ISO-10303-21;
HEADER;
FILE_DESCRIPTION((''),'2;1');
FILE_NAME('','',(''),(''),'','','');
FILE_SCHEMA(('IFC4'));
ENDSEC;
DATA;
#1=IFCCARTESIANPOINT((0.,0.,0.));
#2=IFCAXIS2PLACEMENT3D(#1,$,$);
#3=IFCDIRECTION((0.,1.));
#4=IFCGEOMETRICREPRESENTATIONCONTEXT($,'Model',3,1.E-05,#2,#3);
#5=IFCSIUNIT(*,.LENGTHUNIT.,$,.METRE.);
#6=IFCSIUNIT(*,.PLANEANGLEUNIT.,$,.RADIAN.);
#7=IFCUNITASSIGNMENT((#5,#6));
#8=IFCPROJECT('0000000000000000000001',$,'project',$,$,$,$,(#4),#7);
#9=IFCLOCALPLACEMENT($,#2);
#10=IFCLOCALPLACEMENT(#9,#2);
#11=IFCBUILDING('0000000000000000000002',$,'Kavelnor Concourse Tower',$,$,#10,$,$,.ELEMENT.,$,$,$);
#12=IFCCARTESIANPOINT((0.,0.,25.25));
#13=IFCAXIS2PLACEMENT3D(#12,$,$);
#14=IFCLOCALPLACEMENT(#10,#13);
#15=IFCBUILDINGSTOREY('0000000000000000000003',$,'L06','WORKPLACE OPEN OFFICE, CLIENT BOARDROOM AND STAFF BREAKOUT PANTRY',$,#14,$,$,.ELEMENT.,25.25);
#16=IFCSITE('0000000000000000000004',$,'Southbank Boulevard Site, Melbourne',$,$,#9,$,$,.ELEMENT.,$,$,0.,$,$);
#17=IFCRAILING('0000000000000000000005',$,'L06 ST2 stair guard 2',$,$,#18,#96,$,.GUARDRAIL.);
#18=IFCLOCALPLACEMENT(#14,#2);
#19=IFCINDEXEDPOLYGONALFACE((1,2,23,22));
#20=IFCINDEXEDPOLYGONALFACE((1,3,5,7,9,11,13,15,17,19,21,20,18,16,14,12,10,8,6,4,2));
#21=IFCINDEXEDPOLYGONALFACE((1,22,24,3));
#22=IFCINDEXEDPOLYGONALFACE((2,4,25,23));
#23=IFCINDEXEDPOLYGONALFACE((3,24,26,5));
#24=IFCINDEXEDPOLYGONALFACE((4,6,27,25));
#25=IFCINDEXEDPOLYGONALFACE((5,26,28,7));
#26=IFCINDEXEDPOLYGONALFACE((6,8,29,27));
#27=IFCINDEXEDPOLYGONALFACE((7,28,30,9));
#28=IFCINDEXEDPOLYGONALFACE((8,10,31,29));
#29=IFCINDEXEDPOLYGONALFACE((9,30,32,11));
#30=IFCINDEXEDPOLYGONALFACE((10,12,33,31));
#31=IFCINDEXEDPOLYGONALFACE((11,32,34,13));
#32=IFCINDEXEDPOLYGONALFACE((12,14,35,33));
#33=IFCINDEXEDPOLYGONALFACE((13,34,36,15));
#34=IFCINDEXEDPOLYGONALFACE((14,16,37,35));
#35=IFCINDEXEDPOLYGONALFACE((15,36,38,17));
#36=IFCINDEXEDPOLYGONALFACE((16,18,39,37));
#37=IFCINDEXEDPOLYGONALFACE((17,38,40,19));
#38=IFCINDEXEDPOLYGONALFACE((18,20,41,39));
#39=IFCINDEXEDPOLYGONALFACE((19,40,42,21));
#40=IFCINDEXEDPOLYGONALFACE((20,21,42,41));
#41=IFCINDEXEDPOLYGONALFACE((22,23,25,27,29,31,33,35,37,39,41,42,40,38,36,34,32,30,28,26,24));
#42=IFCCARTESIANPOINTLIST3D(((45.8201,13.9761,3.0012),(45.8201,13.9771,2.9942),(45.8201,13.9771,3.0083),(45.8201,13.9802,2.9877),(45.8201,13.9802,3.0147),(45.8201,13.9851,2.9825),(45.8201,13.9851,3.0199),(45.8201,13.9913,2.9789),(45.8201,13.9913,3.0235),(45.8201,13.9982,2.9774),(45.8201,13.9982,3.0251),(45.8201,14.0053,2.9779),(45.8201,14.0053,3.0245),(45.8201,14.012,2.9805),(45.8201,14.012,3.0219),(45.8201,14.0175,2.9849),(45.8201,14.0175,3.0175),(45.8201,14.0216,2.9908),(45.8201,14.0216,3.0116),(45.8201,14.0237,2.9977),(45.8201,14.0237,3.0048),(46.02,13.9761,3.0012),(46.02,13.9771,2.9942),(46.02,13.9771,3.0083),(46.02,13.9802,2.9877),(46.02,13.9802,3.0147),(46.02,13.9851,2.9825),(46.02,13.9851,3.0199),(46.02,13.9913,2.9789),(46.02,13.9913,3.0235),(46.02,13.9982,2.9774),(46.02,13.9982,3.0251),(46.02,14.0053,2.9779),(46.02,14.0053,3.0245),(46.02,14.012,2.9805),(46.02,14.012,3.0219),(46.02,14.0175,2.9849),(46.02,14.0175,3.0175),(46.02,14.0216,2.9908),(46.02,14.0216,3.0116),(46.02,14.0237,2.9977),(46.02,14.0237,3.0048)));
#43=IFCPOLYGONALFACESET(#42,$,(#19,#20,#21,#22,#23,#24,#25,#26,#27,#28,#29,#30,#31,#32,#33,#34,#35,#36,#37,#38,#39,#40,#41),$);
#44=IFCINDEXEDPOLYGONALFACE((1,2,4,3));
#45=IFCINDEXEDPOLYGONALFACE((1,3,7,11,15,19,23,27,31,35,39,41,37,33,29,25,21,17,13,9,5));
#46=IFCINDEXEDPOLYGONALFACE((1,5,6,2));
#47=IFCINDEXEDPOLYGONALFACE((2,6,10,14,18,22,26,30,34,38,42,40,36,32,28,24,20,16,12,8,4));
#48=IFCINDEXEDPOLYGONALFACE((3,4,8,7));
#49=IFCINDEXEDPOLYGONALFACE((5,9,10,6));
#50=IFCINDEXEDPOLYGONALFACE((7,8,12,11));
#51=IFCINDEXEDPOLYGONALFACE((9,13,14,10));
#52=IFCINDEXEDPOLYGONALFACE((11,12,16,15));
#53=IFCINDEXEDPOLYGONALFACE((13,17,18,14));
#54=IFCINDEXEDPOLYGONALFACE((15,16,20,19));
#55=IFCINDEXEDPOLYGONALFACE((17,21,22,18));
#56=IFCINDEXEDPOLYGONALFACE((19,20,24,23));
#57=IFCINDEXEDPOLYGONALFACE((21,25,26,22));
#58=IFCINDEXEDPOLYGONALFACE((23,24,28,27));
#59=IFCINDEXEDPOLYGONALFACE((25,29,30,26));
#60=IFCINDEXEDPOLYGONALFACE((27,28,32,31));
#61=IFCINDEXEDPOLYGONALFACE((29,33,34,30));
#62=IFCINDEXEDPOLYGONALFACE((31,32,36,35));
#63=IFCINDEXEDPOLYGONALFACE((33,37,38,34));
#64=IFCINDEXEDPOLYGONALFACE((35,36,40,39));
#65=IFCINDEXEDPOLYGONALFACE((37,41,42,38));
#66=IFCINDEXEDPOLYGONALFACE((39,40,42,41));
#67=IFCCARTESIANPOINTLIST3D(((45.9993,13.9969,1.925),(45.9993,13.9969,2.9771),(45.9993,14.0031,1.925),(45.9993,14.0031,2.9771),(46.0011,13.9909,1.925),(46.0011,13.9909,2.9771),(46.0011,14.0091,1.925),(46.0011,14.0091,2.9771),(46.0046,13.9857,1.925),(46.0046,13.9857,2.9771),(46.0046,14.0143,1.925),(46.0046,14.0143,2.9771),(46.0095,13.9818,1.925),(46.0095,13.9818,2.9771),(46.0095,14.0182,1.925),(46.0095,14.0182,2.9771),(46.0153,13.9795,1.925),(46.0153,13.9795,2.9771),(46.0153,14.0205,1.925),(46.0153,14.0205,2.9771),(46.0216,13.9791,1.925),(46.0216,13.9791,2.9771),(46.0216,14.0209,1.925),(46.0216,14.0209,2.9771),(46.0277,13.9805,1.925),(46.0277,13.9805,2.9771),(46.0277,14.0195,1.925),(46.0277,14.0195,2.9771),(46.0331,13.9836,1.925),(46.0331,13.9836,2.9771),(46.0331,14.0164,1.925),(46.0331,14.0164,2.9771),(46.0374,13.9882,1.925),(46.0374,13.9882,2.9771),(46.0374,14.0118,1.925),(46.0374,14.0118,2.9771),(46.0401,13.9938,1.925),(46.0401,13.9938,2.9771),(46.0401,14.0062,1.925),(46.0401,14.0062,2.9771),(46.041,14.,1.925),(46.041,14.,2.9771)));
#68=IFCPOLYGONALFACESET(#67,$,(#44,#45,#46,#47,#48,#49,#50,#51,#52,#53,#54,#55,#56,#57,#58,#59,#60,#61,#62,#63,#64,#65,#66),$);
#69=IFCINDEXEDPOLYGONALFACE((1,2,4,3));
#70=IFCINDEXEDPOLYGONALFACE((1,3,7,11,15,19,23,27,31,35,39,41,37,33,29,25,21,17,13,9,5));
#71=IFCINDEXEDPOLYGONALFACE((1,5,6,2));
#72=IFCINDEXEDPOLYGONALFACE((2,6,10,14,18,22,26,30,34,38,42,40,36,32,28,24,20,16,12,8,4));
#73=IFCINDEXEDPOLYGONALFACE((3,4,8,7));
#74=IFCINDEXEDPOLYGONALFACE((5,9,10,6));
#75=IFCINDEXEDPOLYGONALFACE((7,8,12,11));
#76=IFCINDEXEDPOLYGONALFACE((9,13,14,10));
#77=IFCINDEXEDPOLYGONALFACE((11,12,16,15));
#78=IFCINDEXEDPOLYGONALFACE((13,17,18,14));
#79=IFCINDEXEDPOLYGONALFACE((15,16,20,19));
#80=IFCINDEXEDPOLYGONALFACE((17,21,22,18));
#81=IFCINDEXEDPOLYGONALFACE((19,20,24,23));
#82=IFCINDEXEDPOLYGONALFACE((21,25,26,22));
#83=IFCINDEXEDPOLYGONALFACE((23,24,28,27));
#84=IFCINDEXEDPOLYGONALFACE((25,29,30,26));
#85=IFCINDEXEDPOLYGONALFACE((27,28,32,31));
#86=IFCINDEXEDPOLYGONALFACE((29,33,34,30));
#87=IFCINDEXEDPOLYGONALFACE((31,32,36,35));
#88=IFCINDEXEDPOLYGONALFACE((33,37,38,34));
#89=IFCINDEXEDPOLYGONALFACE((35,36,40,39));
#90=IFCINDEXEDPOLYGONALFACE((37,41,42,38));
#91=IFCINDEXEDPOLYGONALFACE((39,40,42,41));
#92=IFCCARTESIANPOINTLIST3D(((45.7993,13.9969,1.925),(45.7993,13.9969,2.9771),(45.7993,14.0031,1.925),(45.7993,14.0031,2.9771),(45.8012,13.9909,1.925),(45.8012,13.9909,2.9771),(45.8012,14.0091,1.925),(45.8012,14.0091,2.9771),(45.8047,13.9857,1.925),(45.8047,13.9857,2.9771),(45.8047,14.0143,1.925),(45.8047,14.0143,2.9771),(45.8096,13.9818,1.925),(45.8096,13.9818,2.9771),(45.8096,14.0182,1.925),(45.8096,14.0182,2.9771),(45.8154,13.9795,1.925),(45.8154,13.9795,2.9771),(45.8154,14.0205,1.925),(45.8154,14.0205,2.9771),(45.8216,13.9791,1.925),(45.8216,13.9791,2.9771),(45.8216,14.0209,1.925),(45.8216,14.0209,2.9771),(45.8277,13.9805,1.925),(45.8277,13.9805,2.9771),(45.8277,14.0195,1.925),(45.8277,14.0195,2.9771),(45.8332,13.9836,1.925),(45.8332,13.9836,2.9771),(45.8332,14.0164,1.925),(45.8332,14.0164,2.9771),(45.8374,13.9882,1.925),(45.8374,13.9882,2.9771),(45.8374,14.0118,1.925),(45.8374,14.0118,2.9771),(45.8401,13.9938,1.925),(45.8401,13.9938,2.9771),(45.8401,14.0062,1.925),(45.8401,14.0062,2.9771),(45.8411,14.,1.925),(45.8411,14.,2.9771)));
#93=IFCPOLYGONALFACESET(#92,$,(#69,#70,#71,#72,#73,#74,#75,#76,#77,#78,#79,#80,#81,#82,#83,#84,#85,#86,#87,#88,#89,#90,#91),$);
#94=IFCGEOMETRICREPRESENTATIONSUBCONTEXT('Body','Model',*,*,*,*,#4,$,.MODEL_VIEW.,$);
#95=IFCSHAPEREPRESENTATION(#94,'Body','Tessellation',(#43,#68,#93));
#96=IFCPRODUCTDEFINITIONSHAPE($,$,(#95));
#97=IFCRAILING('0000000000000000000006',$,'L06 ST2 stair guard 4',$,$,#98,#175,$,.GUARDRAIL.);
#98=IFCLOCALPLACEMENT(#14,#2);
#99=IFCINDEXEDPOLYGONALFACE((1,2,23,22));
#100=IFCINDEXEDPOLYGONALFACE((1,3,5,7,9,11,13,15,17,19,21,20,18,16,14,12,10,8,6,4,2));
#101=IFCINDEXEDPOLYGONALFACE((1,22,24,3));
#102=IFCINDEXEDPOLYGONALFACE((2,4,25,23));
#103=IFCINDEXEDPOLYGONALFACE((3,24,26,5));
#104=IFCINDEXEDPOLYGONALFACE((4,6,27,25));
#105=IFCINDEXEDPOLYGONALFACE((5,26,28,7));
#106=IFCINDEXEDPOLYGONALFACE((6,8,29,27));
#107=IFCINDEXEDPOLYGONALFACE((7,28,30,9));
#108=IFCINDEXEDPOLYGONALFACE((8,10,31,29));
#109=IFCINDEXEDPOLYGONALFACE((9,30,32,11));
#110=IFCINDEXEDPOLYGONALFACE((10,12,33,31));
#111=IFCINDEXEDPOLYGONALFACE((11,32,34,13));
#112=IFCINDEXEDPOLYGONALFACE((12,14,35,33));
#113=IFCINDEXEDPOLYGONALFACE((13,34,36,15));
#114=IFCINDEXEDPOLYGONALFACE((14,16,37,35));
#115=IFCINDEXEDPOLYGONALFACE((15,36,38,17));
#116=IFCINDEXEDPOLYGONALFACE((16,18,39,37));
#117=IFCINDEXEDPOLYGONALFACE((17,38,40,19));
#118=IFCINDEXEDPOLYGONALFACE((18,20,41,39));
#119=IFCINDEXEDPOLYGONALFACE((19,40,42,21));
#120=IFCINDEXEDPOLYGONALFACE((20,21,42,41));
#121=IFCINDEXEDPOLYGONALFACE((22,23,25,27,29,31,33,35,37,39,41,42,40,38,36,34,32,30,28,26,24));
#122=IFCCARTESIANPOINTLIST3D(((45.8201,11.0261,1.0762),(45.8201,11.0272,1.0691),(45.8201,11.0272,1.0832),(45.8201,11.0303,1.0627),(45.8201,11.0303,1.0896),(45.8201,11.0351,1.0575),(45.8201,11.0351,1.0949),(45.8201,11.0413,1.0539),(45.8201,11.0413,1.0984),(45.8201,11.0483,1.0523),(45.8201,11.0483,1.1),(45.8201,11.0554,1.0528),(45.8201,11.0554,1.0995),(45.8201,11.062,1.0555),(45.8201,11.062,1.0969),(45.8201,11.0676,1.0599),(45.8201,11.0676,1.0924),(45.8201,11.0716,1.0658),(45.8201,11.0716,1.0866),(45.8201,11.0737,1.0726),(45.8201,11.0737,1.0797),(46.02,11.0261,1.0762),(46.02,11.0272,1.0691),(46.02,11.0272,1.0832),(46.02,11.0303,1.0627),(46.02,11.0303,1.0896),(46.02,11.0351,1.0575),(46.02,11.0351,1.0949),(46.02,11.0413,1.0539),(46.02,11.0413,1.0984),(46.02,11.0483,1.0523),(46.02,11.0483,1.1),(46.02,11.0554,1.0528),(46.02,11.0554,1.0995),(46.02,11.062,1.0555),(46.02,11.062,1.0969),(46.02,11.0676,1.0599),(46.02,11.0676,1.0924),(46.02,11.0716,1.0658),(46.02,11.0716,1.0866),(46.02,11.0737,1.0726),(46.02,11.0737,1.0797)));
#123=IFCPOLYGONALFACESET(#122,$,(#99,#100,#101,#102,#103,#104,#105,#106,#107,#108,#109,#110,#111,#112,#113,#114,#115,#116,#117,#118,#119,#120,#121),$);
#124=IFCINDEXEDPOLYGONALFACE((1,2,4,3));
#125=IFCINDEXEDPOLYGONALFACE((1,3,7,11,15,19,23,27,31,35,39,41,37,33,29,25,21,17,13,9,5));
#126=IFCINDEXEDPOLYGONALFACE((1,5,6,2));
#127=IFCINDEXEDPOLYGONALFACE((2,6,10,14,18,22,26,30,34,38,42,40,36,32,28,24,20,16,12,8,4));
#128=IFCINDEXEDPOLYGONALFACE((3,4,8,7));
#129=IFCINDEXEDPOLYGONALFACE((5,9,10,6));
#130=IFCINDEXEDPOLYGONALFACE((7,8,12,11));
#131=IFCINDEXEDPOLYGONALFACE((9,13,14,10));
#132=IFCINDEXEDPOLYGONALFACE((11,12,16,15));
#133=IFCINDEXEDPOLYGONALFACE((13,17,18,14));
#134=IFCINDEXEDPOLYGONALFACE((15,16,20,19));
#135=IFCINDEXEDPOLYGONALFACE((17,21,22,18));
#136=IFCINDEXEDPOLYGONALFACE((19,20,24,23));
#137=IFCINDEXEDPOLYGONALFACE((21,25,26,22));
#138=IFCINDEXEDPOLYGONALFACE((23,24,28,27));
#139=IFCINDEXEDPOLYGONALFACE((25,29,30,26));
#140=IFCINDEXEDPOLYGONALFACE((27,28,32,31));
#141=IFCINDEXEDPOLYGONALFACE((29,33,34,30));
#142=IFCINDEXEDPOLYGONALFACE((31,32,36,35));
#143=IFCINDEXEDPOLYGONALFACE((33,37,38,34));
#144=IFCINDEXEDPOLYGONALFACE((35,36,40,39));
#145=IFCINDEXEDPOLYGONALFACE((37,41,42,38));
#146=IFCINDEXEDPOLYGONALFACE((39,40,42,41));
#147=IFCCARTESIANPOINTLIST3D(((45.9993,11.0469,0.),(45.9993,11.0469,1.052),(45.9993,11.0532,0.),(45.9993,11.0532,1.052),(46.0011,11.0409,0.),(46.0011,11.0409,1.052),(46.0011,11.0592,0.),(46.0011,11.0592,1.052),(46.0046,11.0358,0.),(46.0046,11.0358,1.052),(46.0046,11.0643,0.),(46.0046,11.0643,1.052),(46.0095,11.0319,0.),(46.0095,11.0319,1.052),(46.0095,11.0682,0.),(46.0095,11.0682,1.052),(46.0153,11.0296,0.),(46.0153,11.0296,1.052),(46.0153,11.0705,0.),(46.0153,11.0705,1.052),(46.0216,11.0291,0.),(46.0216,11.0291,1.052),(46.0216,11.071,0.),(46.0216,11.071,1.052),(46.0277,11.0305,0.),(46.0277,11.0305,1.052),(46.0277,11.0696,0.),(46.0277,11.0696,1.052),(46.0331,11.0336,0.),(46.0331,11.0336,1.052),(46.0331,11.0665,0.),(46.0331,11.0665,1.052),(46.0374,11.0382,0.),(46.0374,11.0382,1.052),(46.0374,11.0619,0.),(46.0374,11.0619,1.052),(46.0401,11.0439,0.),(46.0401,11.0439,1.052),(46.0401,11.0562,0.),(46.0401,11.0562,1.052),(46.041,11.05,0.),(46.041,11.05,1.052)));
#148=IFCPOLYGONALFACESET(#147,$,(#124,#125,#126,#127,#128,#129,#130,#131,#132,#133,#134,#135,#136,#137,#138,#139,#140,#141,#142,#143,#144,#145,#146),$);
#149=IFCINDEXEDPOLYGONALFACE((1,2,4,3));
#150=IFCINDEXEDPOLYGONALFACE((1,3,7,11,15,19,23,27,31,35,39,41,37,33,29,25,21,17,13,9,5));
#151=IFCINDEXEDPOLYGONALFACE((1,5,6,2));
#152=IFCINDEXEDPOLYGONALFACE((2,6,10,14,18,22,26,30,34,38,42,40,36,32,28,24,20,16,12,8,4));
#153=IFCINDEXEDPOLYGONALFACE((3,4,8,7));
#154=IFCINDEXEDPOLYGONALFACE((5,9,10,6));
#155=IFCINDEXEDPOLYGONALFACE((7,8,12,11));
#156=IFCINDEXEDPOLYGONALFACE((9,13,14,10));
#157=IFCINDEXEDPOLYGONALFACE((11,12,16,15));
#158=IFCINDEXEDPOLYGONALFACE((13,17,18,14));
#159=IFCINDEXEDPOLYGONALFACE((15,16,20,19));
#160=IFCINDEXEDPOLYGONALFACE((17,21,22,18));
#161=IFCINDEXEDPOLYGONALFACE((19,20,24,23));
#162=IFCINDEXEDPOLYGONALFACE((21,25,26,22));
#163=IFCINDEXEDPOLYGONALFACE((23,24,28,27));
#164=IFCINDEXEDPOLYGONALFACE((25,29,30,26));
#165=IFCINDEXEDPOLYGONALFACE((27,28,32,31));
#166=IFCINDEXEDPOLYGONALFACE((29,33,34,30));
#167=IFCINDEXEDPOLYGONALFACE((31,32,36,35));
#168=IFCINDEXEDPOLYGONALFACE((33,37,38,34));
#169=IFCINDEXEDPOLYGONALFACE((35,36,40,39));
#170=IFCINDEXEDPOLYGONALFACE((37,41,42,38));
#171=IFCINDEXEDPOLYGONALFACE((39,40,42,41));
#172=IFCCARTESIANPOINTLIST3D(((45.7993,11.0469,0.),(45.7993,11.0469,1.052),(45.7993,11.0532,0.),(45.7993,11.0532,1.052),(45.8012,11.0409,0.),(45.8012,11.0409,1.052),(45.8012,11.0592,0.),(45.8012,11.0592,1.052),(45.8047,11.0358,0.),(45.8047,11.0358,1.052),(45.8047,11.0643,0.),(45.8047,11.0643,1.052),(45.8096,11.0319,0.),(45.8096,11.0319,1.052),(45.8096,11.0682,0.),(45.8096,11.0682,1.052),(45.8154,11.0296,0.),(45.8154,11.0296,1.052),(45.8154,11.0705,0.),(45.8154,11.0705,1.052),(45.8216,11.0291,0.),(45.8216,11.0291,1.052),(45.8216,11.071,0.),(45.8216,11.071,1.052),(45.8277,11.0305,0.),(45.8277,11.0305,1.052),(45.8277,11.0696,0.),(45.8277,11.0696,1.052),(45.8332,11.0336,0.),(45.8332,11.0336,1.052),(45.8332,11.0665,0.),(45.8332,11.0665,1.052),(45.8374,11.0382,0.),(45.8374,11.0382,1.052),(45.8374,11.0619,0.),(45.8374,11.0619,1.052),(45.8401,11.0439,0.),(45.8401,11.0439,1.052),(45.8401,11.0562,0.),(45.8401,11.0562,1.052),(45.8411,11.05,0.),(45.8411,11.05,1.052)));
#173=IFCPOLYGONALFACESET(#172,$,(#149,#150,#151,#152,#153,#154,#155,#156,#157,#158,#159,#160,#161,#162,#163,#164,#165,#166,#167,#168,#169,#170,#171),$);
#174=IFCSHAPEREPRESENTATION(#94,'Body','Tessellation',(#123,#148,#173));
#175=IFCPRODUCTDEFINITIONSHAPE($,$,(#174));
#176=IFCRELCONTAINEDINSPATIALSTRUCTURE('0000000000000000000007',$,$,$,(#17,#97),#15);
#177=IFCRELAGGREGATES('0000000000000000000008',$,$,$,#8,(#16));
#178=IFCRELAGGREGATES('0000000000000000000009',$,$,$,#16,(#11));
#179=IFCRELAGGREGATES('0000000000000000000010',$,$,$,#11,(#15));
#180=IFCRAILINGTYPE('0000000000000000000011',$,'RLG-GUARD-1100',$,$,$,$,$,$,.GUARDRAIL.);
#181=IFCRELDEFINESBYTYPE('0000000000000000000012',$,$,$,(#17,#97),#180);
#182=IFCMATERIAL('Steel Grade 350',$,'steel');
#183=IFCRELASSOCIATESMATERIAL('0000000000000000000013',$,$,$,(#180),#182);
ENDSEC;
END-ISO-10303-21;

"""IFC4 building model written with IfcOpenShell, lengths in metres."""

from ifc_helpers import new_model, si_unit, direction, frame, origin, origin_2d, place, context, subcontext, project, spatial, circle, extrude, material, type_object, element, save


model = new_model("IFC4")

# Units and contexts
model_context = context("Model", 3, precision=1e-05, world=origin(), true_north=direction((0.0, 1.0)))
body_context = subcontext(model_context, "Body", "Model", "MODEL_VIEW")
ifc_project = project(units=[si_unit("LENGTHUNIT", "METRE"), si_unit("PLANEANGLEUNIT", "RADIAN")], contexts=[model_context])

# Site, building, storey
site_placement = place(None, origin())
site = spatial("IfcSite", under=ifc_project, at=site_placement, Name="Southbank Boulevard Site, Melbourne", CompositionType="ELEMENT", RefElevation=0.0)
building_placement = place(site_placement, origin())
building = spatial("IfcBuilding", under=site, at=building_placement, Name="Kavelnor Concourse Tower", CompositionType="ELEMENT")
storey_placement = place(building_placement, frame((0.0, 0.0, 25.25)))
storey = spatial("IfcBuildingStorey", under=building, at=storey_placement, Name="L06", Description="WORKPLACE OPEN OFFICE, CLIENT BOARDROOM AND STAFF BREAKOUT PANTRY", CompositionType="ELEMENT", Elevation=25.25)

# Shared definitions
ifc_material_1 = material(Name="Steel Grade 350", Category="steel")

# Railings
railing_type_1 = type_object("IfcRailingType", Name="RLG-GUARD-1100", PredefinedType="GUARDRAIL", material=ifc_material_1)
for number, where, name in (
    (1, (46.02, 14.0, 1.925), "L06 ST2 stair guard 2"),
    (2, (46.02, 11.05, 0.0), "L06 ST2 stair guard 4"),
):
    element("IfcRailing", number, at=place(storey_placement, frame(where)), inside=storey, type_object=railing_type_1, Name=name, PredefinedType="GUARDRAIL", context=body_context, shape_type="SweptSolid", body=[
        extrude(circle(Radius=0.0239, at=origin_2d()), frame((0.0, 0.0, 1.0762), z_axis=(-1.0, 0.0, 0.0), x_axis=(0.0, -1.0, 0.0)), (0.0, 0.0, 1.0), 0.2),
        extrude(circle(Radius=0.021, at=origin_2d()), origin(), (0.0, 0.0, 1.0), 1.052),
        extrude(circle(Radius=0.021, at=origin_2d()), frame((-0.2, 0.0, 0.0)), (0.0, 0.0, 1.0), 1.052),
    ])

save(model, "model.ifc")
